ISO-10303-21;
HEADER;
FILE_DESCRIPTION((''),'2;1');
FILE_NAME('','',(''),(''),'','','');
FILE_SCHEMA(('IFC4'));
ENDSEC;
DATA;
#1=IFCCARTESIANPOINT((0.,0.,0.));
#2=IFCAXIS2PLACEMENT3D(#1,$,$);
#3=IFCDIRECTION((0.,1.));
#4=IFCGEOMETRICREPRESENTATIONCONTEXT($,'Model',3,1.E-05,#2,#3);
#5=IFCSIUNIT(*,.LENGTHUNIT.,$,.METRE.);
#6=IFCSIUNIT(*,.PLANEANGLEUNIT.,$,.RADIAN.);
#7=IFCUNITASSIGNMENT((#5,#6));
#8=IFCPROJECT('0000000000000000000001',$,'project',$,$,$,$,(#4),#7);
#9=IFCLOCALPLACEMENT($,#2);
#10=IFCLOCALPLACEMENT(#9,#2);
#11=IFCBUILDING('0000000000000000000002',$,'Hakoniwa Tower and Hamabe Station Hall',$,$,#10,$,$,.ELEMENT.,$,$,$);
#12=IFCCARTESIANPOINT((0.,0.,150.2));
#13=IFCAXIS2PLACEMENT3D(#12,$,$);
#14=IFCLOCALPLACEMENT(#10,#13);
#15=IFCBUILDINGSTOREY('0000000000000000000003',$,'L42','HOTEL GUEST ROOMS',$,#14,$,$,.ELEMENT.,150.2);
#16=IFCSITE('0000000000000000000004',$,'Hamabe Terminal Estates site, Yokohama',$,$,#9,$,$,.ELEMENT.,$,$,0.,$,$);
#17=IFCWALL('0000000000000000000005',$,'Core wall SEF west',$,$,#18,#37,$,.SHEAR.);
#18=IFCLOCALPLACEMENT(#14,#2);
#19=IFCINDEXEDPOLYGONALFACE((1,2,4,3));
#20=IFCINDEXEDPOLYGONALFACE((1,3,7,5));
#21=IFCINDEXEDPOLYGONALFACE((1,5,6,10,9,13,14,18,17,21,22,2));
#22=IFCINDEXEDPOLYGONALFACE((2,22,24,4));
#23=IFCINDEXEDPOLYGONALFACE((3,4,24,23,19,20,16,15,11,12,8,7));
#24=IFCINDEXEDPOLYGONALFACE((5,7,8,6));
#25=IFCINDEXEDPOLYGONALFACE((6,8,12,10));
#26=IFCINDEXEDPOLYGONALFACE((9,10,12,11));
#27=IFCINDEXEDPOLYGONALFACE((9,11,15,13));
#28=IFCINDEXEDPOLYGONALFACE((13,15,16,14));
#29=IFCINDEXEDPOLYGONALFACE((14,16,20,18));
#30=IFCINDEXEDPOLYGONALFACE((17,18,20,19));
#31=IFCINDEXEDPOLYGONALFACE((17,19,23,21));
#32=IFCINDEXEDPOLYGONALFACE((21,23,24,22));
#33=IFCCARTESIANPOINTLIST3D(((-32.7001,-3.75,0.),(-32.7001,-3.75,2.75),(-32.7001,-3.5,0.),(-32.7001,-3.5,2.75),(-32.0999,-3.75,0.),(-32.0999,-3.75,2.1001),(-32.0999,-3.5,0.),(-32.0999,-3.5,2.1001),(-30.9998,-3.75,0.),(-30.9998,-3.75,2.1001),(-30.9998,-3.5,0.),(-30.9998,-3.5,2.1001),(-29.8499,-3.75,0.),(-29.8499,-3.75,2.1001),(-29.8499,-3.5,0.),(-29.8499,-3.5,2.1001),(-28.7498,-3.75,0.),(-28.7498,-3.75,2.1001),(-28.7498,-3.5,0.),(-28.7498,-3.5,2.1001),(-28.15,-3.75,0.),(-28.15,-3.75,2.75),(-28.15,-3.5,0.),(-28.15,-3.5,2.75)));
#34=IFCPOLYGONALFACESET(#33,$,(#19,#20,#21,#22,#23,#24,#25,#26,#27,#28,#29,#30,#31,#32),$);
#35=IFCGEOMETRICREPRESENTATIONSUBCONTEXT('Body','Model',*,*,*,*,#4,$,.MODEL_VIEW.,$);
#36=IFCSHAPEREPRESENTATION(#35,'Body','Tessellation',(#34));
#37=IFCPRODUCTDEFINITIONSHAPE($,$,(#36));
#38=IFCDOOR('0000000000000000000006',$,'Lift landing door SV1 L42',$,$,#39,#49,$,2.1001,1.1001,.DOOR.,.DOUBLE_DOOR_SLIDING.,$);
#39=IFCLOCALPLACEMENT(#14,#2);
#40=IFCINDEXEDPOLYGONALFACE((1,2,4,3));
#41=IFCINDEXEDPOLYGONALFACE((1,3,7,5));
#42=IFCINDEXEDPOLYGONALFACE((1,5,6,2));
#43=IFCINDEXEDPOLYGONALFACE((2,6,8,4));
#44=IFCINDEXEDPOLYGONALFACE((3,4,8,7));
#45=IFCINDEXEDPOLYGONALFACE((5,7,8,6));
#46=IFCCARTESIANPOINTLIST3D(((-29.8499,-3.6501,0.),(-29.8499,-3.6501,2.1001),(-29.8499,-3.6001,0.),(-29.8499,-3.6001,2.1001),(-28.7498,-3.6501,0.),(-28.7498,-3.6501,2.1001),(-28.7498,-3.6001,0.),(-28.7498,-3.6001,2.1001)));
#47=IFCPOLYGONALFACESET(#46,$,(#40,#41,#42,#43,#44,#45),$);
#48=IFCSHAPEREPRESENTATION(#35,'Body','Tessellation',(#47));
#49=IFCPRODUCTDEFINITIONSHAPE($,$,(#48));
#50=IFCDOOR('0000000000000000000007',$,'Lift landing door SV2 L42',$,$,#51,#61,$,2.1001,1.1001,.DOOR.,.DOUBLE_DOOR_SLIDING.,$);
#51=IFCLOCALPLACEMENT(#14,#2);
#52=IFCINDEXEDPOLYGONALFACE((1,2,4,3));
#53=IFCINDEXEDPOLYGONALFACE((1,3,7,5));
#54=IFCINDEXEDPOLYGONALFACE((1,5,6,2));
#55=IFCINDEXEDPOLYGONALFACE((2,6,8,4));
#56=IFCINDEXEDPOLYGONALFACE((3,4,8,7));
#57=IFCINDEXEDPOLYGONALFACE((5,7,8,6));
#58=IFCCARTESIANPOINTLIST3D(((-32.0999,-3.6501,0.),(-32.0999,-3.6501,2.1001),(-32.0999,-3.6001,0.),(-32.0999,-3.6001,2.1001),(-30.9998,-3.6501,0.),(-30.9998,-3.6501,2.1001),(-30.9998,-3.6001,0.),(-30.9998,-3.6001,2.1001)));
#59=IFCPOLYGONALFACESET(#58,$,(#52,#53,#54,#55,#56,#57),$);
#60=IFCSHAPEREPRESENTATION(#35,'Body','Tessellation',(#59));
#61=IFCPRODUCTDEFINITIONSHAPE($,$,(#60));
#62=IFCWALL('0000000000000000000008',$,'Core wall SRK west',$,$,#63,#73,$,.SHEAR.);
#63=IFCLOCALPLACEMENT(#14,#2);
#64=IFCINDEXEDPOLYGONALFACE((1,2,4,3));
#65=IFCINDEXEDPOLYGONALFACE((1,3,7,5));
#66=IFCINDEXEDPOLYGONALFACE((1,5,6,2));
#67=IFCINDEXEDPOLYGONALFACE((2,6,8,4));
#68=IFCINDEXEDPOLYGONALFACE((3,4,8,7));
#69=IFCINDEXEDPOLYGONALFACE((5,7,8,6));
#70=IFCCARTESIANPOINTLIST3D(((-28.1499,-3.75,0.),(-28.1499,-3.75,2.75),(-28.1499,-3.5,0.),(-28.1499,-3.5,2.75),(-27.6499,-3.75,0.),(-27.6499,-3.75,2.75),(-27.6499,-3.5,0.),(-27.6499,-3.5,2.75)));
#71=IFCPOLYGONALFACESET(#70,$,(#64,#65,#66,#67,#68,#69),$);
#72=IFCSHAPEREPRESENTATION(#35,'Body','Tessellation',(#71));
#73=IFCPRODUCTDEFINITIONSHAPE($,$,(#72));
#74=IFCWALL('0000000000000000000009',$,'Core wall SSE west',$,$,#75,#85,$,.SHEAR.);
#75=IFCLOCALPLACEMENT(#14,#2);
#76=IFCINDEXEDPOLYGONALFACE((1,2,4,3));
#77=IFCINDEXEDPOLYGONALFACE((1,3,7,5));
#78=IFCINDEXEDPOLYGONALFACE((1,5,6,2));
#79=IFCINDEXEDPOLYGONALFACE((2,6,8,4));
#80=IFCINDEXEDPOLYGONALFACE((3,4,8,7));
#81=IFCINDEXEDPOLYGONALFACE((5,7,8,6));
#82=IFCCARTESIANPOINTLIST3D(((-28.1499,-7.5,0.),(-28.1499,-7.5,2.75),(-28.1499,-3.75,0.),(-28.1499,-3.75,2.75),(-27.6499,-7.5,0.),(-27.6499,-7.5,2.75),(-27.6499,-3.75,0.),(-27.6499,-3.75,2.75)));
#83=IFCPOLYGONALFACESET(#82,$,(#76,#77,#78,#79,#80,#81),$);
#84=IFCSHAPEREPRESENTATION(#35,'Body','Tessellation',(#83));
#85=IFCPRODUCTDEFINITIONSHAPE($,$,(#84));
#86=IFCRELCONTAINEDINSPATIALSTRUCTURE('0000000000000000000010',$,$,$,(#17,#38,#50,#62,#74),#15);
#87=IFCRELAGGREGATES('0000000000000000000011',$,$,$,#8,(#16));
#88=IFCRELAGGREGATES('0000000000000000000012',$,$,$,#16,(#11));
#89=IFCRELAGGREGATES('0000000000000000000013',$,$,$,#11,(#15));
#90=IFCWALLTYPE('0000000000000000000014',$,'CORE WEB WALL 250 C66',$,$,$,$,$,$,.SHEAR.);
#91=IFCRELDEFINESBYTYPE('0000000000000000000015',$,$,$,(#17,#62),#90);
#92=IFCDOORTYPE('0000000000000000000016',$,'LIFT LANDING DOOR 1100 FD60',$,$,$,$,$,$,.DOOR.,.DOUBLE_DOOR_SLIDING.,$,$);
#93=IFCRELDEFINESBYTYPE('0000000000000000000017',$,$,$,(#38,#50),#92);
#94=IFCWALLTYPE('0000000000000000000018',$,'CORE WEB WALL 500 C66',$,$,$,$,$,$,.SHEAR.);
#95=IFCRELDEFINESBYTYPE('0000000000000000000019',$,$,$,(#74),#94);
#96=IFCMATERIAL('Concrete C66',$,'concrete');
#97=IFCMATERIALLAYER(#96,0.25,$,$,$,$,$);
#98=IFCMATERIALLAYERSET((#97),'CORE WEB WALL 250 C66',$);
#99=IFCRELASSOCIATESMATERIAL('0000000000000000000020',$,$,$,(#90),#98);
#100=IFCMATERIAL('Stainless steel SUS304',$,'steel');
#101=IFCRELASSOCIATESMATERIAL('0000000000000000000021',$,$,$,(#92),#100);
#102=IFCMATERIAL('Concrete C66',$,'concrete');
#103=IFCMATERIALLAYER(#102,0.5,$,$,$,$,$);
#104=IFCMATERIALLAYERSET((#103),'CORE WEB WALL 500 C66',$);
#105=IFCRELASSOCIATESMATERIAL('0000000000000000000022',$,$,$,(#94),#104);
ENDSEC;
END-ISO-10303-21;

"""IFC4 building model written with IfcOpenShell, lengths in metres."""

from ifc_helpers import new_model, si_unit, direction, frame, frame_2d, origin, place, context, subcontext, project, spatial, rectangle, extrude, material, layer, layer_set, type_object, element, fill, save


model = new_model("IFC4")

# Units and contexts
model_context = context("Model", 3, precision=1e-05, world=origin(), true_north=direction((0.0, 1.0)))
body_context = subcontext(model_context, "Body", "Model", "MODEL_VIEW")
ifc_project = project(units=[si_unit("LENGTHUNIT", "METRE"), si_unit("PLANEANGLEUNIT", "RADIAN")], contexts=[model_context])

# Site, building, storey
site_placement = place(None, origin())
site = spatial("IfcSite", under=ifc_project, at=site_placement, Name="Hamabe Terminal Estates site, Yokohama", CompositionType="ELEMENT", RefElevation=0.0)
building_placement = place(site_placement, origin())
building = spatial("IfcBuilding", under=site, at=building_placement, Name="Hakoniwa Tower and Hamabe Station Hall", CompositionType="ELEMENT")
storey_placement = place(building_placement, frame((0.0, 0.0, 150.2)))
storey = spatial("IfcBuildingStorey", under=building, at=storey_placement, Name="L42", Description="HOTEL GUEST ROOMS", CompositionType="ELEMENT", Elevation=150.2)

# Shared definitions
ifc_material_1 = material(Name="Concrete C66", Category="concrete")
ifc_layer_1 = layer(ifc_material_1, 0.25)
ifc_layer_set_1 = layer_set([ifc_layer_1], Name="CORE WEB WALL 250 C66")
wall_type_1 = type_object("IfcWallType", Name="CORE WEB WALL 250 C66", PredefinedType="SHEAR", material=ifc_layer_set_1)
ifc_material_2 = material(Name="Stainless steel SUS304", Category="steel")
door_type_1 = type_object("IfcDoorType", Name="LIFT LANDING DOOR 1100 FD60", OperationType="DOUBLE_DOOR_SLIDING", PredefinedType="DOOR", material=ifc_material_2)

# Wall, openings, doors
wall_1_placement = place(storey_placement, frame((-32.7, -3.625, 0.0), z_axis=(0.0, 0.0, 1.0), x_axis=(1.0, 0.0, 0.0)))
wall_1 = element("IfcWall", 1, at=wall_1_placement, inside=storey, type_object=wall_type_1, Name="Core wall SEF west", PredefinedType="SHEAR", context=body_context, shape_type="SweptSolid", body=[
    extrude(rectangle(XDim=4.55, YDim=0.25, at=frame_2d((2.2749, 0.0))), origin(), (0.0, 0.0, 1.0), 2.75),
])
opening_1_placement = place(wall_1_placement, frame((2.8501, 0.0, 0.0)))
opening_1 = element("IfcOpeningElement", 2, at=opening_1_placement, cuts=wall_1, PredefinedType="OPENING", context=body_context, shape_type="SweptSolid", body=[
    extrude(rectangle(XDim=1.1001, YDim=2.1001, at=frame_2d((0.55, 1.05))), frame((0.0, 0.135, 0.0), z_axis=(0.0, -1.0, 0.0), x_axis=(1.0, 0.0, 0.0)), (0.0, 0.0, 1.0), 0.27),
])
opening_2_placement = place(wall_1_placement, frame((0.6001, 0.0, 0.0)))
opening_2 = element("IfcOpeningElement", 3, at=opening_2_placement, cuts=wall_1, PredefinedType="OPENING", context=body_context, shape_type="SweptSolid", body=[
    extrude(rectangle(XDim=1.1001, YDim=2.1001, at=frame_2d((0.55, 1.05))), frame((0.0, 0.135, 0.0), z_axis=(0.0, -1.0, 0.0), x_axis=(1.0, 0.0, 0.0)), (0.0, 0.0, 1.0), 0.27),
])
door_1_placement = place(opening_1_placement, origin())
door_1 = element("IfcDoor", 4, at=door_1_placement, inside=storey, type_object=door_type_1, Name="Lift landing door SV1 L42", OperationType="DOUBLE_DOOR_SLIDING", OverallHeight=2.1001, OverallWidth=1.1001, PredefinedType="DOOR", context=body_context, shape_type="SweptSolid", body=[
    extrude(rectangle(XDim=1.1001, YDim=2.1001, at=frame_2d((0.55, 1.05))), frame((0.0, 0.0249, 0.0), z_axis=(0.0, -1.0, 0.0), x_axis=(1.0, 0.0, 0.0)), (0.0, 0.0, 1.0), 0.05),
])
fill(opening_1, door_1)
door_2_placement = place(opening_2_placement, origin())
door_2 = element("IfcDoor", 5, at=door_2_placement, inside=storey, type_object=door_type_1, Name="Lift landing door SV2 L42", OperationType="DOUBLE_DOOR_SLIDING", OverallHeight=2.1001, OverallWidth=1.1001, PredefinedType="DOOR", context=body_context, shape_type="SweptSolid", body=[
    extrude(rectangle(XDim=1.1001, YDim=2.1001, at=frame_2d((0.55, 1.05))), frame((0.0, 0.0249, 0.0), z_axis=(0.0, -1.0, 0.0), x_axis=(1.0, 0.0, 0.0)), (0.0, 0.0, 1.0), 0.05),
])
fill(opening_2, door_2)

# Walls
wall_2_placement = place(storey_placement, frame((-28.1499, -3.625, 0.0), z_axis=(0.0, 0.0, 1.0), x_axis=(1.0, 0.0, 0.0)))
element("IfcWall", 6, at=wall_2_placement, inside=storey, type_object=wall_type_1, Name="Core wall SRK west", PredefinedType="SHEAR", context=body_context, shape_type="SweptSolid", body=[
    extrude(rectangle(XDim=0.5, YDim=0.25, at=frame_2d((0.25, 0.0))), origin(), (0.0, 0.0, 1.0), 2.75),
])
ifc_material_3 = material(Name="Concrete C66", Category="concrete")
ifc_layer_2 = layer(ifc_material_3, 0.5)
ifc_layer_set_2 = layer_set([ifc_layer_2], Name="CORE WEB WALL 500 C66")
wall_type_2 = type_object("IfcWallType", Name="CORE WEB WALL 500 C66", PredefinedType="SHEAR", material=ifc_layer_set_2)
wall_3_placement = place(storey_placement, frame((-27.8999, -7.5, 0.0), z_axis=(0.0, 0.0, 1.0), x_axis=(0.0, 1.0, 0.0)))
element("IfcWall", 7, at=wall_3_placement, inside=storey, type_object=wall_type_2, Name="Core wall SSE west", PredefinedType="SHEAR", context=body_context, shape_type="SweptSolid", body=[
    extrude(rectangle(XDim=3.75, YDim=0.5, at=frame_2d((1.875, 0.0))), origin(), (0.0, 0.0, 1.0), 2.75),
])

save(model, "model.ifc")
